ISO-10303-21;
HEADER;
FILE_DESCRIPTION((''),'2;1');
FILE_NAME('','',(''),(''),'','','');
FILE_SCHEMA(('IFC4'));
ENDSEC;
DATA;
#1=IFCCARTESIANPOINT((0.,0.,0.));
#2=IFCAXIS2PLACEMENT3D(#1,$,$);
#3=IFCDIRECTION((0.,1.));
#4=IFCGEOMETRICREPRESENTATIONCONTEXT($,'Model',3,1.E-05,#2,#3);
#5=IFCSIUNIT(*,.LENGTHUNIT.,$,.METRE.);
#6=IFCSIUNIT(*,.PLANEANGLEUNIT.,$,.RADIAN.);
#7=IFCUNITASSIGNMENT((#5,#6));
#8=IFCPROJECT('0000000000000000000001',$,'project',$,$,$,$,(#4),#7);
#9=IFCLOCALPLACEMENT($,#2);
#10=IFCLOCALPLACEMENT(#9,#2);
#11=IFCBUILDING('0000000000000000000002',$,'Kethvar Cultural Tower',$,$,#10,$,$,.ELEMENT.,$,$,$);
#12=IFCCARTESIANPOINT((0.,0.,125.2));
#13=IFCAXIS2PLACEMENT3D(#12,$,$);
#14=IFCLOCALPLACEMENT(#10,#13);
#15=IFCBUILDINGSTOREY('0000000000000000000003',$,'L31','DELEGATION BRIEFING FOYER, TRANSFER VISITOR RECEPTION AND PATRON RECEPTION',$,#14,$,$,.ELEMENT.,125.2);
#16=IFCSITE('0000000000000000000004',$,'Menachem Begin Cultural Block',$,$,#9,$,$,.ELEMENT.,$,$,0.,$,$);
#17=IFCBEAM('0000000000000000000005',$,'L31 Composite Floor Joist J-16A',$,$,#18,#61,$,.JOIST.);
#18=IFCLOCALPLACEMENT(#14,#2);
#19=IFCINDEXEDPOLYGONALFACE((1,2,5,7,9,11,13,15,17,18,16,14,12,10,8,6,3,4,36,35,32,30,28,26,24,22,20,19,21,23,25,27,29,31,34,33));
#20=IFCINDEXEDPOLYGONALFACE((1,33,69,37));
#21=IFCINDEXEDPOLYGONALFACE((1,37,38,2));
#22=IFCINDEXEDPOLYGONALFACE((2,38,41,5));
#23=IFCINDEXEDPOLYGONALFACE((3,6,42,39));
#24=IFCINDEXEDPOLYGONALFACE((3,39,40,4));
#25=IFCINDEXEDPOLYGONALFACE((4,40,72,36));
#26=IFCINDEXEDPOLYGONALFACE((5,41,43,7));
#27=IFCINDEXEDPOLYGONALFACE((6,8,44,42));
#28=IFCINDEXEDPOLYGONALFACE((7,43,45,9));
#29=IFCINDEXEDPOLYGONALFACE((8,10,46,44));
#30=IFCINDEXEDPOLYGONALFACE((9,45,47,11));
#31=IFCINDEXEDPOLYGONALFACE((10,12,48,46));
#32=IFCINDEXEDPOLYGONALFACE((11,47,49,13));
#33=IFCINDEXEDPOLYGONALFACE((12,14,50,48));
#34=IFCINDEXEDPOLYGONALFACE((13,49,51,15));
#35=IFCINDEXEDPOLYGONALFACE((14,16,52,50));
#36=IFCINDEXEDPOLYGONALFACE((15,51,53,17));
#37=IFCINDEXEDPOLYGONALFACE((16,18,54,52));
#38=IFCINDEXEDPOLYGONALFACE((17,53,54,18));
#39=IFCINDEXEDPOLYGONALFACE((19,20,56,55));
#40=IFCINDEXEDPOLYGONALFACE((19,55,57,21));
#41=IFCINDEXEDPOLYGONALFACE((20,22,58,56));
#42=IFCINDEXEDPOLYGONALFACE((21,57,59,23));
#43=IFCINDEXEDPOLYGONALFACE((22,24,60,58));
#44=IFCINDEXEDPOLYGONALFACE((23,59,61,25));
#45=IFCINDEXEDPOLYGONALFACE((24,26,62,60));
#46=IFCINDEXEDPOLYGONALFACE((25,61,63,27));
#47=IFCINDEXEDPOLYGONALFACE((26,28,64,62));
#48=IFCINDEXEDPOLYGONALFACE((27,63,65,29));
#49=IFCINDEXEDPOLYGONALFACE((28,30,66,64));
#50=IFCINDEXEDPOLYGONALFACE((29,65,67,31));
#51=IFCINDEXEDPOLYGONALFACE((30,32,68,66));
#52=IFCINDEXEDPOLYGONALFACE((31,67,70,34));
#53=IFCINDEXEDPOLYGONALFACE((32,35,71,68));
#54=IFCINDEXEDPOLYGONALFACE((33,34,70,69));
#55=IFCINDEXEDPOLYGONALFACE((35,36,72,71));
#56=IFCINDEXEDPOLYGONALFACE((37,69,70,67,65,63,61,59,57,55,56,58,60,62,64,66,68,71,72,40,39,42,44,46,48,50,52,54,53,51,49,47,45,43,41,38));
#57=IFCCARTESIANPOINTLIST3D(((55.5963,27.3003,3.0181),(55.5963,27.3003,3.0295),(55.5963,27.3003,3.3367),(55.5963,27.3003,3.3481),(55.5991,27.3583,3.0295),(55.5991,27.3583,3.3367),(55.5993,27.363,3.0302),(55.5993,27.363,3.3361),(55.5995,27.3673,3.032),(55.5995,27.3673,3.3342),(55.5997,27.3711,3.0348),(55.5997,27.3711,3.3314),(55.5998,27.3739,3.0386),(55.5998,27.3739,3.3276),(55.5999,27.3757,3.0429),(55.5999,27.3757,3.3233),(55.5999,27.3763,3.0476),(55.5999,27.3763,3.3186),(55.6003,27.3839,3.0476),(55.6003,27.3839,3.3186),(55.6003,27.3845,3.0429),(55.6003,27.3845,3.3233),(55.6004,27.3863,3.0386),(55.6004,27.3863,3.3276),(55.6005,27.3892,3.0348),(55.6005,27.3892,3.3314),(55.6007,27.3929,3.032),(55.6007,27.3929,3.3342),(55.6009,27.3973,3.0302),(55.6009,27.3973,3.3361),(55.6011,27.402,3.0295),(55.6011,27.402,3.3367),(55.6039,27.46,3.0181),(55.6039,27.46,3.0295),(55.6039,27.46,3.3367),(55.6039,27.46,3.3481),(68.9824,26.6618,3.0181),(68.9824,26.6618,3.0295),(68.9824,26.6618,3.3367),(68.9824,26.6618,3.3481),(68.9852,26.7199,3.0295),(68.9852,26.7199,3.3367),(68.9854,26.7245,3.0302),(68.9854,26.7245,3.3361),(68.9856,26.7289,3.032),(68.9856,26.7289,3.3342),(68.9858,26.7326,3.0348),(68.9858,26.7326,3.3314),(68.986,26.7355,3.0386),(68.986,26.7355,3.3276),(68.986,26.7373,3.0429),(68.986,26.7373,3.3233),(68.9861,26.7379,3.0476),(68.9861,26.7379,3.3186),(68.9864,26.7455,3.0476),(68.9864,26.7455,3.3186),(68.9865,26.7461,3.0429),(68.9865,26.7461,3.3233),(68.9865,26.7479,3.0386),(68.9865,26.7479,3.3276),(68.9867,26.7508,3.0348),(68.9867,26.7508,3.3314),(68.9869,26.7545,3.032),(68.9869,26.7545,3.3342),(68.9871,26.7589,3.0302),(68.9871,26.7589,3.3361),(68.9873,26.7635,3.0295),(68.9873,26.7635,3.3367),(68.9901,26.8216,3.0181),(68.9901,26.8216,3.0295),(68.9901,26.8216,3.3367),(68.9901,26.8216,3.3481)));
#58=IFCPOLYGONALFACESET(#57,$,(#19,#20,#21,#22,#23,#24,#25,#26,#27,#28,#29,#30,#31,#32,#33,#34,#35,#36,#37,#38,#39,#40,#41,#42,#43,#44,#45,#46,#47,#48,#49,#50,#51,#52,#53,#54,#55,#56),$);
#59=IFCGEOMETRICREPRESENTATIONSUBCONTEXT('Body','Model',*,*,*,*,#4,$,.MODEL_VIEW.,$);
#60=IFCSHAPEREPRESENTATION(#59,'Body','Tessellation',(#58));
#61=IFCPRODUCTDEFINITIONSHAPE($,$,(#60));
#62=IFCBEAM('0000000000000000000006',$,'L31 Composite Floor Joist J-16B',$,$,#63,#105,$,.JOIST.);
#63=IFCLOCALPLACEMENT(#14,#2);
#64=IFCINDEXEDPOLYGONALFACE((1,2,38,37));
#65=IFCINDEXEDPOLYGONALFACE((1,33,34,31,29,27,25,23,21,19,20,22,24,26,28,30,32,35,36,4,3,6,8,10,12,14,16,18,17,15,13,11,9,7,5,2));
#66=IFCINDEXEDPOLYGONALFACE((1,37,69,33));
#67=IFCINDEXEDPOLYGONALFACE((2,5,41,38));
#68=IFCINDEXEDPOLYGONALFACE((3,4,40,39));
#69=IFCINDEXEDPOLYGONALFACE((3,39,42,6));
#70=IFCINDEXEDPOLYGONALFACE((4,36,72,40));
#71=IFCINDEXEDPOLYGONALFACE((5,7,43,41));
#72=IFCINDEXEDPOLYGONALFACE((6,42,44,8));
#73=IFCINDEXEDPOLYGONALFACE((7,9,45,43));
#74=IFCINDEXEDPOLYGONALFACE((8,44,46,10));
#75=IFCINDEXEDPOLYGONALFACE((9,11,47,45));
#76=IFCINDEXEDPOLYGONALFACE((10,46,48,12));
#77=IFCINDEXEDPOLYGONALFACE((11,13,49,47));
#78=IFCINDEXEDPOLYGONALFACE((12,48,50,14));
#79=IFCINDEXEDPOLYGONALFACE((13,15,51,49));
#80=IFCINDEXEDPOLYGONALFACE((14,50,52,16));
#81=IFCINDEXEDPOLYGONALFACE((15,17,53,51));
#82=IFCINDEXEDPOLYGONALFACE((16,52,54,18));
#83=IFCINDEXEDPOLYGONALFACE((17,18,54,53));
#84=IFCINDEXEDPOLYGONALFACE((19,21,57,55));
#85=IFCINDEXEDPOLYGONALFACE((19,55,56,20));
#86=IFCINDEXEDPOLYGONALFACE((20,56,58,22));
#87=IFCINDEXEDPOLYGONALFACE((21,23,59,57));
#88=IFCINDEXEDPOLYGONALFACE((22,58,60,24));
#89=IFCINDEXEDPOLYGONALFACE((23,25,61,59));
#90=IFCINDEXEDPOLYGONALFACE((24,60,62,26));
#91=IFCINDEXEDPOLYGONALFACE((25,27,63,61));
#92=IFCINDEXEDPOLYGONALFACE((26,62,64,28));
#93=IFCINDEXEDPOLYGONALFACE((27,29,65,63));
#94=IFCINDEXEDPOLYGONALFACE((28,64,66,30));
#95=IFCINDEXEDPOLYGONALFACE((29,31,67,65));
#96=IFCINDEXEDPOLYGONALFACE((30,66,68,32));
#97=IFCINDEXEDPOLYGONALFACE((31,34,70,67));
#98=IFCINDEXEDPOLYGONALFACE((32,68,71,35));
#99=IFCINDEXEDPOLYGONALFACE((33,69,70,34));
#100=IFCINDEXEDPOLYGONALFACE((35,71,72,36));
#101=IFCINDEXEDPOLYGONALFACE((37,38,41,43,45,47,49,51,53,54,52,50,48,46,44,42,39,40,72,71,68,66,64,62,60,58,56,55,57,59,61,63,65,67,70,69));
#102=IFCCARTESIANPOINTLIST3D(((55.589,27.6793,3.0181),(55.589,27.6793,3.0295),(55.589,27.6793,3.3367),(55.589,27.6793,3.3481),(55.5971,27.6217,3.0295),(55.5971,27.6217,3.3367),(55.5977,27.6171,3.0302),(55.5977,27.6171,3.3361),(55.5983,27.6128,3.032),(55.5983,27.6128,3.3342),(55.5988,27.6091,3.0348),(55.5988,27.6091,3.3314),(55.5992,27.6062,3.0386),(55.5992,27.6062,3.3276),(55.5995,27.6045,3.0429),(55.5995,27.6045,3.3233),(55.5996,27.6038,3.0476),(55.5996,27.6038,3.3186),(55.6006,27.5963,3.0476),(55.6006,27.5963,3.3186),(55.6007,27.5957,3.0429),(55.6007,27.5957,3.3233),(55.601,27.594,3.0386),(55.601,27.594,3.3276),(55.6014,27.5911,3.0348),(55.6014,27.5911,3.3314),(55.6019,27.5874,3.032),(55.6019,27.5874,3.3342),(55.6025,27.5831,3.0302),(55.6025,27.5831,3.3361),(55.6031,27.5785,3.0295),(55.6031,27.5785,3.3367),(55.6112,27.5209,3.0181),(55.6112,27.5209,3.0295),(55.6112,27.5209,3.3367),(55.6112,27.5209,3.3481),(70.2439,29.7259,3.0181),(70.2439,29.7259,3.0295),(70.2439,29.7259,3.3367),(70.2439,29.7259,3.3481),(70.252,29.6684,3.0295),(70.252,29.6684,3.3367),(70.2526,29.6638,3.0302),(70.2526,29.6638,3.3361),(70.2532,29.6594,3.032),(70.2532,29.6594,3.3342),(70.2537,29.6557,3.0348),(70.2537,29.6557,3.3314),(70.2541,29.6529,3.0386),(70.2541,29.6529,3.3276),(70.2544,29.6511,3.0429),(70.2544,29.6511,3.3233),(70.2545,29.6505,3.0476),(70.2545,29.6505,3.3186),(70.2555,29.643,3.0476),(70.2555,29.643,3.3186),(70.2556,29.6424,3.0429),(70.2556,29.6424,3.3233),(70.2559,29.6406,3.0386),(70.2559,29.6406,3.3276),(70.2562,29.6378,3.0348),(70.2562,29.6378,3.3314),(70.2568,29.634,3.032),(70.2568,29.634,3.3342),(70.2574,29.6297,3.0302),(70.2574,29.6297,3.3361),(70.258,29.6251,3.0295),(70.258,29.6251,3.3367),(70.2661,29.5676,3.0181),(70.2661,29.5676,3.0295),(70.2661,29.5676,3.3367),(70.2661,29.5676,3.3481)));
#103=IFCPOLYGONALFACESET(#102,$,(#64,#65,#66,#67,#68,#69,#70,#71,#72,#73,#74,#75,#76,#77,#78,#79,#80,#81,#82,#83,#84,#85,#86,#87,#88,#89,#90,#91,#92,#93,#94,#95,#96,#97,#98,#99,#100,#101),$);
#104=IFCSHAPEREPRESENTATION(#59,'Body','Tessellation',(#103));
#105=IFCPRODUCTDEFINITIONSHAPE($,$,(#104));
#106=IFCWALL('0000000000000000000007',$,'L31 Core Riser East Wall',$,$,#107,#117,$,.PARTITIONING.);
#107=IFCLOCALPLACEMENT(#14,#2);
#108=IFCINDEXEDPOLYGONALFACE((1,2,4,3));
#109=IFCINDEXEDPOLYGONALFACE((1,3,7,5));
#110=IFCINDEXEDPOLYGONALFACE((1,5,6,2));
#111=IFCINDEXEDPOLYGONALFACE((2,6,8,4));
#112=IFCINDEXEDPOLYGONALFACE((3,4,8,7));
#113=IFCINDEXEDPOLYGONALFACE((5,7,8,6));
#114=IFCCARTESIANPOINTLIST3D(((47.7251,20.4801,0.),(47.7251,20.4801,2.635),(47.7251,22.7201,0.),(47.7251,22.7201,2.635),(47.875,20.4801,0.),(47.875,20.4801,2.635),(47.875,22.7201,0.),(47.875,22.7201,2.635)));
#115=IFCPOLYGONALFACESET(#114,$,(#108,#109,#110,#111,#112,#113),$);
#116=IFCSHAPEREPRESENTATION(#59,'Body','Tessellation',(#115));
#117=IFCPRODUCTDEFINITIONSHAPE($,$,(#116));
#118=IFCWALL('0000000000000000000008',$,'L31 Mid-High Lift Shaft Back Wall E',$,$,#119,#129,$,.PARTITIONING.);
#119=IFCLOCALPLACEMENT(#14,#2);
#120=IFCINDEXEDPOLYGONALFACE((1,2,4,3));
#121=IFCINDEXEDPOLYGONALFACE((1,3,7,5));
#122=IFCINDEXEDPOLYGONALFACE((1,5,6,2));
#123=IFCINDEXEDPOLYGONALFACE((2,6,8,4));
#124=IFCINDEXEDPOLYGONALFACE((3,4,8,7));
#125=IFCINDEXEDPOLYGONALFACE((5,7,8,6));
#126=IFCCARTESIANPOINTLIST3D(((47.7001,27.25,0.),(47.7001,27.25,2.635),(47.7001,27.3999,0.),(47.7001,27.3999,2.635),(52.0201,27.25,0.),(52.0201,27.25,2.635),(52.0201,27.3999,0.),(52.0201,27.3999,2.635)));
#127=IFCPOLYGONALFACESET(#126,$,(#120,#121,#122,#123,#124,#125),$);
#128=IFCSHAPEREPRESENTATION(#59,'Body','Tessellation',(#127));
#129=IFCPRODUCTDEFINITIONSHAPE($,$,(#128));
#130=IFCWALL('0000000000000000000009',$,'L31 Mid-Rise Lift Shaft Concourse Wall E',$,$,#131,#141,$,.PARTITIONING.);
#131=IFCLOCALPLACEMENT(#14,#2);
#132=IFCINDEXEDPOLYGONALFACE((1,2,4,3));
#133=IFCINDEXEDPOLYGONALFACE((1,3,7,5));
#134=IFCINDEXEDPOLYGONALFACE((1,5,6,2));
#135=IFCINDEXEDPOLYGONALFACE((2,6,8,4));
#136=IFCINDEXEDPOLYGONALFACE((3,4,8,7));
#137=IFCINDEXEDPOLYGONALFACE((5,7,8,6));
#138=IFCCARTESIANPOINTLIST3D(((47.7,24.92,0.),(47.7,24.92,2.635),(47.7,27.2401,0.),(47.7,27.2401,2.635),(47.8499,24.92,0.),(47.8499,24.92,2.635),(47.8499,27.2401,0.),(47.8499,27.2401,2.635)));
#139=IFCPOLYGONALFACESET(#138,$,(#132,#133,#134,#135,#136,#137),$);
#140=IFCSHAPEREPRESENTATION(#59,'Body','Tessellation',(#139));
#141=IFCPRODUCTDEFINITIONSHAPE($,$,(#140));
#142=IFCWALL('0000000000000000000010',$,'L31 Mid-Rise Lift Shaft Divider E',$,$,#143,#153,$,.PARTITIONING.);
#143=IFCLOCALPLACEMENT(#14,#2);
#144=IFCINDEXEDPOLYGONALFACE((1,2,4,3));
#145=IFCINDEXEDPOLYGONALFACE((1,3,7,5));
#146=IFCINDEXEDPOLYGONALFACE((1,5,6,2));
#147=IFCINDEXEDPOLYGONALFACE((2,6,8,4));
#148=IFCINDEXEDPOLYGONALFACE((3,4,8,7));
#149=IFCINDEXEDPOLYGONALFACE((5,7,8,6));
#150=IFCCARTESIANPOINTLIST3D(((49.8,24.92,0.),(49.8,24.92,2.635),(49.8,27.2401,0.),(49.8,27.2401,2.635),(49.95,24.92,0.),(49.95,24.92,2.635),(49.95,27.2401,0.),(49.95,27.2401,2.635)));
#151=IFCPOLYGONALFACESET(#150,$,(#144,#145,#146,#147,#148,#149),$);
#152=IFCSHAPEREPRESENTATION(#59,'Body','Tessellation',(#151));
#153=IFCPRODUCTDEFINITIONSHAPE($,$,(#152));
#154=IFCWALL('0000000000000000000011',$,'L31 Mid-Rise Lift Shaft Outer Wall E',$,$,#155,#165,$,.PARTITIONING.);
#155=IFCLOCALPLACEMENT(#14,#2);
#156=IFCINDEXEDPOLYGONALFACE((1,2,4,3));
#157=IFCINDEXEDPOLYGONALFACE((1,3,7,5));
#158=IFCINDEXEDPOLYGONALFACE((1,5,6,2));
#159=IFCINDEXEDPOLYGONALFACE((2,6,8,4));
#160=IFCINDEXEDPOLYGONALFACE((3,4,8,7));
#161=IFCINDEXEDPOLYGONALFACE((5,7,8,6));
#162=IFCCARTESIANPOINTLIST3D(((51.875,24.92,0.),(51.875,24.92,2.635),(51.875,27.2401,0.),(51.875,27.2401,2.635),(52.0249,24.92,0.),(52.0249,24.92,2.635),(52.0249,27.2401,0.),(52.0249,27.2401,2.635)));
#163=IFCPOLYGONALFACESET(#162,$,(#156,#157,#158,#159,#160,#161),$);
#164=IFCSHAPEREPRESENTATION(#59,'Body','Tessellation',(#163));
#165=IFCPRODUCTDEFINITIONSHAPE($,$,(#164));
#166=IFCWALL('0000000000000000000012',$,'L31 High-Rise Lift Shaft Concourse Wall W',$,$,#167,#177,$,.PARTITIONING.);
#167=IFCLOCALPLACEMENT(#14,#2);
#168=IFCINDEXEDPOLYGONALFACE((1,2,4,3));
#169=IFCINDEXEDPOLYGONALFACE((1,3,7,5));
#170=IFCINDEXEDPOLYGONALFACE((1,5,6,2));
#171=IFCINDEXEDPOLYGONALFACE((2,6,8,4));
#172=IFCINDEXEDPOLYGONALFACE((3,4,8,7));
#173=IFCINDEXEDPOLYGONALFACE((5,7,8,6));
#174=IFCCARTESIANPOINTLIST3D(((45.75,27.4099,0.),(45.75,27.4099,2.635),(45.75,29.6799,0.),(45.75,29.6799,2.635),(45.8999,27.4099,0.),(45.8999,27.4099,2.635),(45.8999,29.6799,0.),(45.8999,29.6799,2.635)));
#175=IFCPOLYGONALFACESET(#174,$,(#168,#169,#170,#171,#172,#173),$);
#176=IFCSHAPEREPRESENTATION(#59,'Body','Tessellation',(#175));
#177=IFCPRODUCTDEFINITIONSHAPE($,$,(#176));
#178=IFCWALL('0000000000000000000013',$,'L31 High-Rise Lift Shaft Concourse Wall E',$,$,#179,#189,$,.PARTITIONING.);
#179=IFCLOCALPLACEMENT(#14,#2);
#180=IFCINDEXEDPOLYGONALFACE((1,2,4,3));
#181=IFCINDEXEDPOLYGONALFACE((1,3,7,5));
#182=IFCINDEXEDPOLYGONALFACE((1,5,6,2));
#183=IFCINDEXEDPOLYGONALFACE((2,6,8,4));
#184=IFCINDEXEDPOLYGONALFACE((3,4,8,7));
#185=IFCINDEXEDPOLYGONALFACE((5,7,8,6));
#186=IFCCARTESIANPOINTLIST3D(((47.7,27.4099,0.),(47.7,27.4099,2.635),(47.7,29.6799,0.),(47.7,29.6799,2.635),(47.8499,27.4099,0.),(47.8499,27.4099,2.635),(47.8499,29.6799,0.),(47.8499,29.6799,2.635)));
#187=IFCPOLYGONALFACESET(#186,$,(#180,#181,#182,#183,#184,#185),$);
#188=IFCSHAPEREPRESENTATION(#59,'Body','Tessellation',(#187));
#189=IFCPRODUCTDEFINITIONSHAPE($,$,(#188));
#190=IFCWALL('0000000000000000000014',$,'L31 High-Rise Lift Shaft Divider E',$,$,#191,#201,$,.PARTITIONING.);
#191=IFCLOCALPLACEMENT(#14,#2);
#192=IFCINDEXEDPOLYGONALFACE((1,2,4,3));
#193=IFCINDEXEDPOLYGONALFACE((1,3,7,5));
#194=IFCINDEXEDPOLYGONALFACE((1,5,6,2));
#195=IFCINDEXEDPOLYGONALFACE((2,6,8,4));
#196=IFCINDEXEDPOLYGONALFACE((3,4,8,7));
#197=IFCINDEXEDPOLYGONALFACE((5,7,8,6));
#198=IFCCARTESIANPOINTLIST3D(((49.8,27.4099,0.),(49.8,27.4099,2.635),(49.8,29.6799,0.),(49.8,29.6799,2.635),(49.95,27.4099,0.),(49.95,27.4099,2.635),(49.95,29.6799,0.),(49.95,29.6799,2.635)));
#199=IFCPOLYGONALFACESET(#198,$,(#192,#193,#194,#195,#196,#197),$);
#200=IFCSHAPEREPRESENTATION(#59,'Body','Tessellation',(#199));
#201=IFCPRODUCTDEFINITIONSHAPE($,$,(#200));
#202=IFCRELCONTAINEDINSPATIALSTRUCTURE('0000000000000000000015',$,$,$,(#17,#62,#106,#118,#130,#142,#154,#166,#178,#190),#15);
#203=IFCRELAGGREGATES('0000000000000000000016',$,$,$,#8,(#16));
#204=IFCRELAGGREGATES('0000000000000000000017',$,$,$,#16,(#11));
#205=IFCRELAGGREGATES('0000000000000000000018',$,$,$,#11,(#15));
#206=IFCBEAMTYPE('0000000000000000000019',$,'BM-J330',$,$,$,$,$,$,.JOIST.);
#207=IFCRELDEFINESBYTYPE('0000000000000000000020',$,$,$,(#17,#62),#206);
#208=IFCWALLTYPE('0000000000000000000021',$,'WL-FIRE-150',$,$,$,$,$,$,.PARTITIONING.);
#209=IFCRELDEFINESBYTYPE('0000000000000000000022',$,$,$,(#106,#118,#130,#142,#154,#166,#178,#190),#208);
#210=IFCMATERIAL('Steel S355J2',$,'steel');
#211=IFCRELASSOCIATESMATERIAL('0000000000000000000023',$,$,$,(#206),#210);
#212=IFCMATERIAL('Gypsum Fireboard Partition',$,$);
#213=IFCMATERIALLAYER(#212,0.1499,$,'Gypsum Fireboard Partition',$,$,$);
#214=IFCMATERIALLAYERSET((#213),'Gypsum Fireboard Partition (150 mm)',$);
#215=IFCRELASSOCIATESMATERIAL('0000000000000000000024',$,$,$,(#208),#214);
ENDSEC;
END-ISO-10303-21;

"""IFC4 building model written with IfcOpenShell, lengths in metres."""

from ifc_helpers import new_model, si_unit, direction, frame, frame_2d, origin, origin_2d, place, context, subcontext, project, spatial, rectangle, i_section, extrude, source, transform, mapped, material, layer, layer_set, material_profile, profile_set, type_object, element, save


model = new_model("IFC4")

# Units and contexts
model_context = context("Model", 3, precision=1e-05, world=origin(), true_north=direction((0.0, 1.0)))
body_context = subcontext(model_context, "Body", "Model", "MODEL_VIEW")
ifc_project = project(units=[si_unit("LENGTHUNIT", "METRE"), si_unit("PLANEANGLEUNIT", "RADIAN")], contexts=[model_context])

# Site, building, storey
site_placement = place(None, origin())
site = spatial("IfcSite", under=ifc_project, at=site_placement, Name="Menachem Begin Cultural Block", CompositionType="ELEMENT", RefElevation=0.0)
building_placement = place(site_placement, origin())
building = spatial("IfcBuilding", under=site, at=building_placement, Name="Kethvar Cultural Tower", CompositionType="ELEMENT")
storey_placement = place(building_placement, frame((0.0, 0.0, 125.2)))
storey = spatial("IfcBuildingStorey", under=building, at=storey_placement, Name="L31", Description="DELEGATION BRIEFING FOYER, TRANSFER VISITOR RECEPTION AND PATRON RECEPTION", CompositionType="ELEMENT", Elevation=125.2)

# Beams
ifc_material_1 = material(Name="Steel S355J2", Category="steel")
ifc_material_profile_1 = material_profile(ifc_material_1, i_section(OverallWidth=0.1599, OverallDepth=0.3301, WebThickness=0.0076, FlangeThickness=0.0115, FilletRadius=0.0181, at=origin_2d()), Name="Steel S355J2 — IPE330")
ifc_profile_set_1 = profile_set([ifc_material_profile_1], Name="Steel S355J2 — IPE330")
beam_type_1 = type_object("IfcBeamType", Name="BM-J330", PredefinedType="JOIST", material=ifc_profile_set_1)
shared_shape_1 = source(origin(), body_context, "Body", "SweptSolid", [
    extrude(i_section(OverallWidth=0.1599, OverallDepth=0.3301, WebThickness=0.0076, FlangeThickness=0.0115, FilletRadius=0.0181, at=origin_2d()), origin(), (0.0, 0.0, 1.0), 13.4014),
])
beam_1_placement = place(storey_placement, frame((55.6001, 27.3801, 3.1831), z_axis=(0.998865, -0.047639, 0.0), x_axis=(0.047639, 0.998865, 0.0)))
element("IfcBeam", 1, at=beam_1_placement, inside=storey, type_object=beam_type_1, Name="L31 Composite Floor Joist J-16A", PredefinedType="JOIST", context=body_context, shape_type="MappedRepresentation", body=[
    mapped(shared_shape_1, transform((0.0, 0.0, 0.0), scale=1.0)),
])
shared_shape_2 = source(origin(), body_context, "Body", "SweptSolid", [
    extrude(i_section(OverallWidth=0.1599, OverallDepth=0.3301, WebThickness=0.0076, FlangeThickness=0.0115, FilletRadius=0.0181, at=origin_2d()), origin(), (0.0, 0.0, 1.0), 14.7971),
])
beam_2_placement = place(storey_placement, frame((55.6001, 27.6001, 3.1831), z_axis=(0.990388, 0.138314, 0.0), x_axis=(-0.138314, 0.990388, 0.0)))
element("IfcBeam", 2, at=beam_2_placement, inside=storey, type_object=beam_type_1, Name="L31 Composite Floor Joist J-16B", PredefinedType="JOIST", context=body_context, shape_type="MappedRepresentation", body=[
    mapped(shared_shape_2, transform((0.0, 0.0, 0.0), scale=1.0)),
])

# Walls
ifc_material_2 = material(Name="Gypsum Fireboard Partition")
ifc_layer_1 = layer(ifc_material_2, 0.1499, Name="Gypsum Fireboard Partition")
ifc_layer_set_1 = layer_set([ifc_layer_1], Name="Gypsum Fireboard Partition (150 mm)")
wall_type_1 = type_object("IfcWallType", Name="WL-FIRE-150", PredefinedType="PARTITIONING", material=ifc_layer_set_1)
wall_1_placement = place(storey_placement, frame((47.8, 20.48, 0.0), z_axis=(0.0, 0.0, 1.0), x_axis=(0.0, 1.0, 0.0)))
element("IfcWall", 3, at=wall_1_placement, inside=storey, type_object=wall_type_1, Name="L31 Core Riser East Wall", PredefinedType="PARTITIONING", context=body_context, shape_type="SweptSolid", body=[
    extrude(rectangle(XDim=2.24, YDim=0.1499, at=frame_2d((1.1201, 0.0))), origin(), (0.0, 0.0, 1.0), 2.635),
])
wall_2_placement = place(storey_placement, frame((47.7, 27.325, 0.0), z_axis=(0.0, 0.0, 1.0), x_axis=(1.0, 0.0, 0.0)))
element("IfcWall", 4, at=wall_2_placement, inside=storey, type_object=wall_type_1, Name="L31 Mid-High Lift Shaft Back Wall E", PredefinedType="PARTITIONING", context=body_context, shape_type="SweptSolid", body=[
    extrude(rectangle(XDim=4.3201, YDim=0.1499, at=frame_2d((2.1602, 0.0))), origin(), (0.0, 0.0, 1.0), 2.635),
])
for number, where, z_axis, x_axis, name in (
    (5, (47.7749, 24.9199, 0.0), (0.0, 0.0, 1.0), (0.0, 1.0, 0.0), "L31 Mid-Rise Lift Shaft Concourse Wall E"),
    (6, (49.875, 24.9199, 0.0), (0.0, 0.0, 1.0), (0.0, 1.0, 0.0), "L31 Mid-Rise Lift Shaft Divider E"),
    (7, (51.95, 24.9199, 0.0), (0.0, 0.0, 1.0), (0.0, 1.0, 0.0), "L31 Mid-Rise Lift Shaft Outer Wall E"),
):
    element("IfcWall", number, at=place(storey_placement, frame(where, z_axis=z_axis, x_axis=x_axis)), inside=storey, type_object=wall_type_1, Name=name, PredefinedType="PARTITIONING", context=body_context, shape_type="SweptSolid", body=[
        extrude(rectangle(XDim=2.3201, YDim=0.1499, at=frame_2d((1.1602, 0.0))), origin(), (0.0, 0.0, 1.0), 2.635),
    ])
for number, where, z_axis, x_axis, name in (
    (8, (45.825, 27.4099, 0.0), (0.0, 0.0, 1.0), (0.0, 1.0, 0.0), "L31 High-Rise Lift Shaft Concourse Wall W"),
    (9, (47.7749, 27.4099, 0.0), (0.0, 0.0, 1.0), (0.0, 1.0, 0.0), "L31 High-Rise Lift Shaft Concourse Wall E"),
    (10, (49.875, 27.4099, 0.0), (0.0, 0.0, 1.0), (0.0, 1.0, 0.0), "L31 High-Rise Lift Shaft Divider E"),
):
    element("IfcWall", number, at=place(storey_placement, frame(where, z_axis=z_axis, x_axis=x_axis)), inside=storey, type_object=wall_type_1, Name=name, PredefinedType="PARTITIONING", context=body_context, shape_type="SweptSolid", body=[
        extrude(rectangle(XDim=2.27, YDim=0.1499, at=frame_2d((1.135, 0.0))), origin(), (0.0, 0.0, 1.0), 2.635),
    ])

save(model, "model.ifc")
